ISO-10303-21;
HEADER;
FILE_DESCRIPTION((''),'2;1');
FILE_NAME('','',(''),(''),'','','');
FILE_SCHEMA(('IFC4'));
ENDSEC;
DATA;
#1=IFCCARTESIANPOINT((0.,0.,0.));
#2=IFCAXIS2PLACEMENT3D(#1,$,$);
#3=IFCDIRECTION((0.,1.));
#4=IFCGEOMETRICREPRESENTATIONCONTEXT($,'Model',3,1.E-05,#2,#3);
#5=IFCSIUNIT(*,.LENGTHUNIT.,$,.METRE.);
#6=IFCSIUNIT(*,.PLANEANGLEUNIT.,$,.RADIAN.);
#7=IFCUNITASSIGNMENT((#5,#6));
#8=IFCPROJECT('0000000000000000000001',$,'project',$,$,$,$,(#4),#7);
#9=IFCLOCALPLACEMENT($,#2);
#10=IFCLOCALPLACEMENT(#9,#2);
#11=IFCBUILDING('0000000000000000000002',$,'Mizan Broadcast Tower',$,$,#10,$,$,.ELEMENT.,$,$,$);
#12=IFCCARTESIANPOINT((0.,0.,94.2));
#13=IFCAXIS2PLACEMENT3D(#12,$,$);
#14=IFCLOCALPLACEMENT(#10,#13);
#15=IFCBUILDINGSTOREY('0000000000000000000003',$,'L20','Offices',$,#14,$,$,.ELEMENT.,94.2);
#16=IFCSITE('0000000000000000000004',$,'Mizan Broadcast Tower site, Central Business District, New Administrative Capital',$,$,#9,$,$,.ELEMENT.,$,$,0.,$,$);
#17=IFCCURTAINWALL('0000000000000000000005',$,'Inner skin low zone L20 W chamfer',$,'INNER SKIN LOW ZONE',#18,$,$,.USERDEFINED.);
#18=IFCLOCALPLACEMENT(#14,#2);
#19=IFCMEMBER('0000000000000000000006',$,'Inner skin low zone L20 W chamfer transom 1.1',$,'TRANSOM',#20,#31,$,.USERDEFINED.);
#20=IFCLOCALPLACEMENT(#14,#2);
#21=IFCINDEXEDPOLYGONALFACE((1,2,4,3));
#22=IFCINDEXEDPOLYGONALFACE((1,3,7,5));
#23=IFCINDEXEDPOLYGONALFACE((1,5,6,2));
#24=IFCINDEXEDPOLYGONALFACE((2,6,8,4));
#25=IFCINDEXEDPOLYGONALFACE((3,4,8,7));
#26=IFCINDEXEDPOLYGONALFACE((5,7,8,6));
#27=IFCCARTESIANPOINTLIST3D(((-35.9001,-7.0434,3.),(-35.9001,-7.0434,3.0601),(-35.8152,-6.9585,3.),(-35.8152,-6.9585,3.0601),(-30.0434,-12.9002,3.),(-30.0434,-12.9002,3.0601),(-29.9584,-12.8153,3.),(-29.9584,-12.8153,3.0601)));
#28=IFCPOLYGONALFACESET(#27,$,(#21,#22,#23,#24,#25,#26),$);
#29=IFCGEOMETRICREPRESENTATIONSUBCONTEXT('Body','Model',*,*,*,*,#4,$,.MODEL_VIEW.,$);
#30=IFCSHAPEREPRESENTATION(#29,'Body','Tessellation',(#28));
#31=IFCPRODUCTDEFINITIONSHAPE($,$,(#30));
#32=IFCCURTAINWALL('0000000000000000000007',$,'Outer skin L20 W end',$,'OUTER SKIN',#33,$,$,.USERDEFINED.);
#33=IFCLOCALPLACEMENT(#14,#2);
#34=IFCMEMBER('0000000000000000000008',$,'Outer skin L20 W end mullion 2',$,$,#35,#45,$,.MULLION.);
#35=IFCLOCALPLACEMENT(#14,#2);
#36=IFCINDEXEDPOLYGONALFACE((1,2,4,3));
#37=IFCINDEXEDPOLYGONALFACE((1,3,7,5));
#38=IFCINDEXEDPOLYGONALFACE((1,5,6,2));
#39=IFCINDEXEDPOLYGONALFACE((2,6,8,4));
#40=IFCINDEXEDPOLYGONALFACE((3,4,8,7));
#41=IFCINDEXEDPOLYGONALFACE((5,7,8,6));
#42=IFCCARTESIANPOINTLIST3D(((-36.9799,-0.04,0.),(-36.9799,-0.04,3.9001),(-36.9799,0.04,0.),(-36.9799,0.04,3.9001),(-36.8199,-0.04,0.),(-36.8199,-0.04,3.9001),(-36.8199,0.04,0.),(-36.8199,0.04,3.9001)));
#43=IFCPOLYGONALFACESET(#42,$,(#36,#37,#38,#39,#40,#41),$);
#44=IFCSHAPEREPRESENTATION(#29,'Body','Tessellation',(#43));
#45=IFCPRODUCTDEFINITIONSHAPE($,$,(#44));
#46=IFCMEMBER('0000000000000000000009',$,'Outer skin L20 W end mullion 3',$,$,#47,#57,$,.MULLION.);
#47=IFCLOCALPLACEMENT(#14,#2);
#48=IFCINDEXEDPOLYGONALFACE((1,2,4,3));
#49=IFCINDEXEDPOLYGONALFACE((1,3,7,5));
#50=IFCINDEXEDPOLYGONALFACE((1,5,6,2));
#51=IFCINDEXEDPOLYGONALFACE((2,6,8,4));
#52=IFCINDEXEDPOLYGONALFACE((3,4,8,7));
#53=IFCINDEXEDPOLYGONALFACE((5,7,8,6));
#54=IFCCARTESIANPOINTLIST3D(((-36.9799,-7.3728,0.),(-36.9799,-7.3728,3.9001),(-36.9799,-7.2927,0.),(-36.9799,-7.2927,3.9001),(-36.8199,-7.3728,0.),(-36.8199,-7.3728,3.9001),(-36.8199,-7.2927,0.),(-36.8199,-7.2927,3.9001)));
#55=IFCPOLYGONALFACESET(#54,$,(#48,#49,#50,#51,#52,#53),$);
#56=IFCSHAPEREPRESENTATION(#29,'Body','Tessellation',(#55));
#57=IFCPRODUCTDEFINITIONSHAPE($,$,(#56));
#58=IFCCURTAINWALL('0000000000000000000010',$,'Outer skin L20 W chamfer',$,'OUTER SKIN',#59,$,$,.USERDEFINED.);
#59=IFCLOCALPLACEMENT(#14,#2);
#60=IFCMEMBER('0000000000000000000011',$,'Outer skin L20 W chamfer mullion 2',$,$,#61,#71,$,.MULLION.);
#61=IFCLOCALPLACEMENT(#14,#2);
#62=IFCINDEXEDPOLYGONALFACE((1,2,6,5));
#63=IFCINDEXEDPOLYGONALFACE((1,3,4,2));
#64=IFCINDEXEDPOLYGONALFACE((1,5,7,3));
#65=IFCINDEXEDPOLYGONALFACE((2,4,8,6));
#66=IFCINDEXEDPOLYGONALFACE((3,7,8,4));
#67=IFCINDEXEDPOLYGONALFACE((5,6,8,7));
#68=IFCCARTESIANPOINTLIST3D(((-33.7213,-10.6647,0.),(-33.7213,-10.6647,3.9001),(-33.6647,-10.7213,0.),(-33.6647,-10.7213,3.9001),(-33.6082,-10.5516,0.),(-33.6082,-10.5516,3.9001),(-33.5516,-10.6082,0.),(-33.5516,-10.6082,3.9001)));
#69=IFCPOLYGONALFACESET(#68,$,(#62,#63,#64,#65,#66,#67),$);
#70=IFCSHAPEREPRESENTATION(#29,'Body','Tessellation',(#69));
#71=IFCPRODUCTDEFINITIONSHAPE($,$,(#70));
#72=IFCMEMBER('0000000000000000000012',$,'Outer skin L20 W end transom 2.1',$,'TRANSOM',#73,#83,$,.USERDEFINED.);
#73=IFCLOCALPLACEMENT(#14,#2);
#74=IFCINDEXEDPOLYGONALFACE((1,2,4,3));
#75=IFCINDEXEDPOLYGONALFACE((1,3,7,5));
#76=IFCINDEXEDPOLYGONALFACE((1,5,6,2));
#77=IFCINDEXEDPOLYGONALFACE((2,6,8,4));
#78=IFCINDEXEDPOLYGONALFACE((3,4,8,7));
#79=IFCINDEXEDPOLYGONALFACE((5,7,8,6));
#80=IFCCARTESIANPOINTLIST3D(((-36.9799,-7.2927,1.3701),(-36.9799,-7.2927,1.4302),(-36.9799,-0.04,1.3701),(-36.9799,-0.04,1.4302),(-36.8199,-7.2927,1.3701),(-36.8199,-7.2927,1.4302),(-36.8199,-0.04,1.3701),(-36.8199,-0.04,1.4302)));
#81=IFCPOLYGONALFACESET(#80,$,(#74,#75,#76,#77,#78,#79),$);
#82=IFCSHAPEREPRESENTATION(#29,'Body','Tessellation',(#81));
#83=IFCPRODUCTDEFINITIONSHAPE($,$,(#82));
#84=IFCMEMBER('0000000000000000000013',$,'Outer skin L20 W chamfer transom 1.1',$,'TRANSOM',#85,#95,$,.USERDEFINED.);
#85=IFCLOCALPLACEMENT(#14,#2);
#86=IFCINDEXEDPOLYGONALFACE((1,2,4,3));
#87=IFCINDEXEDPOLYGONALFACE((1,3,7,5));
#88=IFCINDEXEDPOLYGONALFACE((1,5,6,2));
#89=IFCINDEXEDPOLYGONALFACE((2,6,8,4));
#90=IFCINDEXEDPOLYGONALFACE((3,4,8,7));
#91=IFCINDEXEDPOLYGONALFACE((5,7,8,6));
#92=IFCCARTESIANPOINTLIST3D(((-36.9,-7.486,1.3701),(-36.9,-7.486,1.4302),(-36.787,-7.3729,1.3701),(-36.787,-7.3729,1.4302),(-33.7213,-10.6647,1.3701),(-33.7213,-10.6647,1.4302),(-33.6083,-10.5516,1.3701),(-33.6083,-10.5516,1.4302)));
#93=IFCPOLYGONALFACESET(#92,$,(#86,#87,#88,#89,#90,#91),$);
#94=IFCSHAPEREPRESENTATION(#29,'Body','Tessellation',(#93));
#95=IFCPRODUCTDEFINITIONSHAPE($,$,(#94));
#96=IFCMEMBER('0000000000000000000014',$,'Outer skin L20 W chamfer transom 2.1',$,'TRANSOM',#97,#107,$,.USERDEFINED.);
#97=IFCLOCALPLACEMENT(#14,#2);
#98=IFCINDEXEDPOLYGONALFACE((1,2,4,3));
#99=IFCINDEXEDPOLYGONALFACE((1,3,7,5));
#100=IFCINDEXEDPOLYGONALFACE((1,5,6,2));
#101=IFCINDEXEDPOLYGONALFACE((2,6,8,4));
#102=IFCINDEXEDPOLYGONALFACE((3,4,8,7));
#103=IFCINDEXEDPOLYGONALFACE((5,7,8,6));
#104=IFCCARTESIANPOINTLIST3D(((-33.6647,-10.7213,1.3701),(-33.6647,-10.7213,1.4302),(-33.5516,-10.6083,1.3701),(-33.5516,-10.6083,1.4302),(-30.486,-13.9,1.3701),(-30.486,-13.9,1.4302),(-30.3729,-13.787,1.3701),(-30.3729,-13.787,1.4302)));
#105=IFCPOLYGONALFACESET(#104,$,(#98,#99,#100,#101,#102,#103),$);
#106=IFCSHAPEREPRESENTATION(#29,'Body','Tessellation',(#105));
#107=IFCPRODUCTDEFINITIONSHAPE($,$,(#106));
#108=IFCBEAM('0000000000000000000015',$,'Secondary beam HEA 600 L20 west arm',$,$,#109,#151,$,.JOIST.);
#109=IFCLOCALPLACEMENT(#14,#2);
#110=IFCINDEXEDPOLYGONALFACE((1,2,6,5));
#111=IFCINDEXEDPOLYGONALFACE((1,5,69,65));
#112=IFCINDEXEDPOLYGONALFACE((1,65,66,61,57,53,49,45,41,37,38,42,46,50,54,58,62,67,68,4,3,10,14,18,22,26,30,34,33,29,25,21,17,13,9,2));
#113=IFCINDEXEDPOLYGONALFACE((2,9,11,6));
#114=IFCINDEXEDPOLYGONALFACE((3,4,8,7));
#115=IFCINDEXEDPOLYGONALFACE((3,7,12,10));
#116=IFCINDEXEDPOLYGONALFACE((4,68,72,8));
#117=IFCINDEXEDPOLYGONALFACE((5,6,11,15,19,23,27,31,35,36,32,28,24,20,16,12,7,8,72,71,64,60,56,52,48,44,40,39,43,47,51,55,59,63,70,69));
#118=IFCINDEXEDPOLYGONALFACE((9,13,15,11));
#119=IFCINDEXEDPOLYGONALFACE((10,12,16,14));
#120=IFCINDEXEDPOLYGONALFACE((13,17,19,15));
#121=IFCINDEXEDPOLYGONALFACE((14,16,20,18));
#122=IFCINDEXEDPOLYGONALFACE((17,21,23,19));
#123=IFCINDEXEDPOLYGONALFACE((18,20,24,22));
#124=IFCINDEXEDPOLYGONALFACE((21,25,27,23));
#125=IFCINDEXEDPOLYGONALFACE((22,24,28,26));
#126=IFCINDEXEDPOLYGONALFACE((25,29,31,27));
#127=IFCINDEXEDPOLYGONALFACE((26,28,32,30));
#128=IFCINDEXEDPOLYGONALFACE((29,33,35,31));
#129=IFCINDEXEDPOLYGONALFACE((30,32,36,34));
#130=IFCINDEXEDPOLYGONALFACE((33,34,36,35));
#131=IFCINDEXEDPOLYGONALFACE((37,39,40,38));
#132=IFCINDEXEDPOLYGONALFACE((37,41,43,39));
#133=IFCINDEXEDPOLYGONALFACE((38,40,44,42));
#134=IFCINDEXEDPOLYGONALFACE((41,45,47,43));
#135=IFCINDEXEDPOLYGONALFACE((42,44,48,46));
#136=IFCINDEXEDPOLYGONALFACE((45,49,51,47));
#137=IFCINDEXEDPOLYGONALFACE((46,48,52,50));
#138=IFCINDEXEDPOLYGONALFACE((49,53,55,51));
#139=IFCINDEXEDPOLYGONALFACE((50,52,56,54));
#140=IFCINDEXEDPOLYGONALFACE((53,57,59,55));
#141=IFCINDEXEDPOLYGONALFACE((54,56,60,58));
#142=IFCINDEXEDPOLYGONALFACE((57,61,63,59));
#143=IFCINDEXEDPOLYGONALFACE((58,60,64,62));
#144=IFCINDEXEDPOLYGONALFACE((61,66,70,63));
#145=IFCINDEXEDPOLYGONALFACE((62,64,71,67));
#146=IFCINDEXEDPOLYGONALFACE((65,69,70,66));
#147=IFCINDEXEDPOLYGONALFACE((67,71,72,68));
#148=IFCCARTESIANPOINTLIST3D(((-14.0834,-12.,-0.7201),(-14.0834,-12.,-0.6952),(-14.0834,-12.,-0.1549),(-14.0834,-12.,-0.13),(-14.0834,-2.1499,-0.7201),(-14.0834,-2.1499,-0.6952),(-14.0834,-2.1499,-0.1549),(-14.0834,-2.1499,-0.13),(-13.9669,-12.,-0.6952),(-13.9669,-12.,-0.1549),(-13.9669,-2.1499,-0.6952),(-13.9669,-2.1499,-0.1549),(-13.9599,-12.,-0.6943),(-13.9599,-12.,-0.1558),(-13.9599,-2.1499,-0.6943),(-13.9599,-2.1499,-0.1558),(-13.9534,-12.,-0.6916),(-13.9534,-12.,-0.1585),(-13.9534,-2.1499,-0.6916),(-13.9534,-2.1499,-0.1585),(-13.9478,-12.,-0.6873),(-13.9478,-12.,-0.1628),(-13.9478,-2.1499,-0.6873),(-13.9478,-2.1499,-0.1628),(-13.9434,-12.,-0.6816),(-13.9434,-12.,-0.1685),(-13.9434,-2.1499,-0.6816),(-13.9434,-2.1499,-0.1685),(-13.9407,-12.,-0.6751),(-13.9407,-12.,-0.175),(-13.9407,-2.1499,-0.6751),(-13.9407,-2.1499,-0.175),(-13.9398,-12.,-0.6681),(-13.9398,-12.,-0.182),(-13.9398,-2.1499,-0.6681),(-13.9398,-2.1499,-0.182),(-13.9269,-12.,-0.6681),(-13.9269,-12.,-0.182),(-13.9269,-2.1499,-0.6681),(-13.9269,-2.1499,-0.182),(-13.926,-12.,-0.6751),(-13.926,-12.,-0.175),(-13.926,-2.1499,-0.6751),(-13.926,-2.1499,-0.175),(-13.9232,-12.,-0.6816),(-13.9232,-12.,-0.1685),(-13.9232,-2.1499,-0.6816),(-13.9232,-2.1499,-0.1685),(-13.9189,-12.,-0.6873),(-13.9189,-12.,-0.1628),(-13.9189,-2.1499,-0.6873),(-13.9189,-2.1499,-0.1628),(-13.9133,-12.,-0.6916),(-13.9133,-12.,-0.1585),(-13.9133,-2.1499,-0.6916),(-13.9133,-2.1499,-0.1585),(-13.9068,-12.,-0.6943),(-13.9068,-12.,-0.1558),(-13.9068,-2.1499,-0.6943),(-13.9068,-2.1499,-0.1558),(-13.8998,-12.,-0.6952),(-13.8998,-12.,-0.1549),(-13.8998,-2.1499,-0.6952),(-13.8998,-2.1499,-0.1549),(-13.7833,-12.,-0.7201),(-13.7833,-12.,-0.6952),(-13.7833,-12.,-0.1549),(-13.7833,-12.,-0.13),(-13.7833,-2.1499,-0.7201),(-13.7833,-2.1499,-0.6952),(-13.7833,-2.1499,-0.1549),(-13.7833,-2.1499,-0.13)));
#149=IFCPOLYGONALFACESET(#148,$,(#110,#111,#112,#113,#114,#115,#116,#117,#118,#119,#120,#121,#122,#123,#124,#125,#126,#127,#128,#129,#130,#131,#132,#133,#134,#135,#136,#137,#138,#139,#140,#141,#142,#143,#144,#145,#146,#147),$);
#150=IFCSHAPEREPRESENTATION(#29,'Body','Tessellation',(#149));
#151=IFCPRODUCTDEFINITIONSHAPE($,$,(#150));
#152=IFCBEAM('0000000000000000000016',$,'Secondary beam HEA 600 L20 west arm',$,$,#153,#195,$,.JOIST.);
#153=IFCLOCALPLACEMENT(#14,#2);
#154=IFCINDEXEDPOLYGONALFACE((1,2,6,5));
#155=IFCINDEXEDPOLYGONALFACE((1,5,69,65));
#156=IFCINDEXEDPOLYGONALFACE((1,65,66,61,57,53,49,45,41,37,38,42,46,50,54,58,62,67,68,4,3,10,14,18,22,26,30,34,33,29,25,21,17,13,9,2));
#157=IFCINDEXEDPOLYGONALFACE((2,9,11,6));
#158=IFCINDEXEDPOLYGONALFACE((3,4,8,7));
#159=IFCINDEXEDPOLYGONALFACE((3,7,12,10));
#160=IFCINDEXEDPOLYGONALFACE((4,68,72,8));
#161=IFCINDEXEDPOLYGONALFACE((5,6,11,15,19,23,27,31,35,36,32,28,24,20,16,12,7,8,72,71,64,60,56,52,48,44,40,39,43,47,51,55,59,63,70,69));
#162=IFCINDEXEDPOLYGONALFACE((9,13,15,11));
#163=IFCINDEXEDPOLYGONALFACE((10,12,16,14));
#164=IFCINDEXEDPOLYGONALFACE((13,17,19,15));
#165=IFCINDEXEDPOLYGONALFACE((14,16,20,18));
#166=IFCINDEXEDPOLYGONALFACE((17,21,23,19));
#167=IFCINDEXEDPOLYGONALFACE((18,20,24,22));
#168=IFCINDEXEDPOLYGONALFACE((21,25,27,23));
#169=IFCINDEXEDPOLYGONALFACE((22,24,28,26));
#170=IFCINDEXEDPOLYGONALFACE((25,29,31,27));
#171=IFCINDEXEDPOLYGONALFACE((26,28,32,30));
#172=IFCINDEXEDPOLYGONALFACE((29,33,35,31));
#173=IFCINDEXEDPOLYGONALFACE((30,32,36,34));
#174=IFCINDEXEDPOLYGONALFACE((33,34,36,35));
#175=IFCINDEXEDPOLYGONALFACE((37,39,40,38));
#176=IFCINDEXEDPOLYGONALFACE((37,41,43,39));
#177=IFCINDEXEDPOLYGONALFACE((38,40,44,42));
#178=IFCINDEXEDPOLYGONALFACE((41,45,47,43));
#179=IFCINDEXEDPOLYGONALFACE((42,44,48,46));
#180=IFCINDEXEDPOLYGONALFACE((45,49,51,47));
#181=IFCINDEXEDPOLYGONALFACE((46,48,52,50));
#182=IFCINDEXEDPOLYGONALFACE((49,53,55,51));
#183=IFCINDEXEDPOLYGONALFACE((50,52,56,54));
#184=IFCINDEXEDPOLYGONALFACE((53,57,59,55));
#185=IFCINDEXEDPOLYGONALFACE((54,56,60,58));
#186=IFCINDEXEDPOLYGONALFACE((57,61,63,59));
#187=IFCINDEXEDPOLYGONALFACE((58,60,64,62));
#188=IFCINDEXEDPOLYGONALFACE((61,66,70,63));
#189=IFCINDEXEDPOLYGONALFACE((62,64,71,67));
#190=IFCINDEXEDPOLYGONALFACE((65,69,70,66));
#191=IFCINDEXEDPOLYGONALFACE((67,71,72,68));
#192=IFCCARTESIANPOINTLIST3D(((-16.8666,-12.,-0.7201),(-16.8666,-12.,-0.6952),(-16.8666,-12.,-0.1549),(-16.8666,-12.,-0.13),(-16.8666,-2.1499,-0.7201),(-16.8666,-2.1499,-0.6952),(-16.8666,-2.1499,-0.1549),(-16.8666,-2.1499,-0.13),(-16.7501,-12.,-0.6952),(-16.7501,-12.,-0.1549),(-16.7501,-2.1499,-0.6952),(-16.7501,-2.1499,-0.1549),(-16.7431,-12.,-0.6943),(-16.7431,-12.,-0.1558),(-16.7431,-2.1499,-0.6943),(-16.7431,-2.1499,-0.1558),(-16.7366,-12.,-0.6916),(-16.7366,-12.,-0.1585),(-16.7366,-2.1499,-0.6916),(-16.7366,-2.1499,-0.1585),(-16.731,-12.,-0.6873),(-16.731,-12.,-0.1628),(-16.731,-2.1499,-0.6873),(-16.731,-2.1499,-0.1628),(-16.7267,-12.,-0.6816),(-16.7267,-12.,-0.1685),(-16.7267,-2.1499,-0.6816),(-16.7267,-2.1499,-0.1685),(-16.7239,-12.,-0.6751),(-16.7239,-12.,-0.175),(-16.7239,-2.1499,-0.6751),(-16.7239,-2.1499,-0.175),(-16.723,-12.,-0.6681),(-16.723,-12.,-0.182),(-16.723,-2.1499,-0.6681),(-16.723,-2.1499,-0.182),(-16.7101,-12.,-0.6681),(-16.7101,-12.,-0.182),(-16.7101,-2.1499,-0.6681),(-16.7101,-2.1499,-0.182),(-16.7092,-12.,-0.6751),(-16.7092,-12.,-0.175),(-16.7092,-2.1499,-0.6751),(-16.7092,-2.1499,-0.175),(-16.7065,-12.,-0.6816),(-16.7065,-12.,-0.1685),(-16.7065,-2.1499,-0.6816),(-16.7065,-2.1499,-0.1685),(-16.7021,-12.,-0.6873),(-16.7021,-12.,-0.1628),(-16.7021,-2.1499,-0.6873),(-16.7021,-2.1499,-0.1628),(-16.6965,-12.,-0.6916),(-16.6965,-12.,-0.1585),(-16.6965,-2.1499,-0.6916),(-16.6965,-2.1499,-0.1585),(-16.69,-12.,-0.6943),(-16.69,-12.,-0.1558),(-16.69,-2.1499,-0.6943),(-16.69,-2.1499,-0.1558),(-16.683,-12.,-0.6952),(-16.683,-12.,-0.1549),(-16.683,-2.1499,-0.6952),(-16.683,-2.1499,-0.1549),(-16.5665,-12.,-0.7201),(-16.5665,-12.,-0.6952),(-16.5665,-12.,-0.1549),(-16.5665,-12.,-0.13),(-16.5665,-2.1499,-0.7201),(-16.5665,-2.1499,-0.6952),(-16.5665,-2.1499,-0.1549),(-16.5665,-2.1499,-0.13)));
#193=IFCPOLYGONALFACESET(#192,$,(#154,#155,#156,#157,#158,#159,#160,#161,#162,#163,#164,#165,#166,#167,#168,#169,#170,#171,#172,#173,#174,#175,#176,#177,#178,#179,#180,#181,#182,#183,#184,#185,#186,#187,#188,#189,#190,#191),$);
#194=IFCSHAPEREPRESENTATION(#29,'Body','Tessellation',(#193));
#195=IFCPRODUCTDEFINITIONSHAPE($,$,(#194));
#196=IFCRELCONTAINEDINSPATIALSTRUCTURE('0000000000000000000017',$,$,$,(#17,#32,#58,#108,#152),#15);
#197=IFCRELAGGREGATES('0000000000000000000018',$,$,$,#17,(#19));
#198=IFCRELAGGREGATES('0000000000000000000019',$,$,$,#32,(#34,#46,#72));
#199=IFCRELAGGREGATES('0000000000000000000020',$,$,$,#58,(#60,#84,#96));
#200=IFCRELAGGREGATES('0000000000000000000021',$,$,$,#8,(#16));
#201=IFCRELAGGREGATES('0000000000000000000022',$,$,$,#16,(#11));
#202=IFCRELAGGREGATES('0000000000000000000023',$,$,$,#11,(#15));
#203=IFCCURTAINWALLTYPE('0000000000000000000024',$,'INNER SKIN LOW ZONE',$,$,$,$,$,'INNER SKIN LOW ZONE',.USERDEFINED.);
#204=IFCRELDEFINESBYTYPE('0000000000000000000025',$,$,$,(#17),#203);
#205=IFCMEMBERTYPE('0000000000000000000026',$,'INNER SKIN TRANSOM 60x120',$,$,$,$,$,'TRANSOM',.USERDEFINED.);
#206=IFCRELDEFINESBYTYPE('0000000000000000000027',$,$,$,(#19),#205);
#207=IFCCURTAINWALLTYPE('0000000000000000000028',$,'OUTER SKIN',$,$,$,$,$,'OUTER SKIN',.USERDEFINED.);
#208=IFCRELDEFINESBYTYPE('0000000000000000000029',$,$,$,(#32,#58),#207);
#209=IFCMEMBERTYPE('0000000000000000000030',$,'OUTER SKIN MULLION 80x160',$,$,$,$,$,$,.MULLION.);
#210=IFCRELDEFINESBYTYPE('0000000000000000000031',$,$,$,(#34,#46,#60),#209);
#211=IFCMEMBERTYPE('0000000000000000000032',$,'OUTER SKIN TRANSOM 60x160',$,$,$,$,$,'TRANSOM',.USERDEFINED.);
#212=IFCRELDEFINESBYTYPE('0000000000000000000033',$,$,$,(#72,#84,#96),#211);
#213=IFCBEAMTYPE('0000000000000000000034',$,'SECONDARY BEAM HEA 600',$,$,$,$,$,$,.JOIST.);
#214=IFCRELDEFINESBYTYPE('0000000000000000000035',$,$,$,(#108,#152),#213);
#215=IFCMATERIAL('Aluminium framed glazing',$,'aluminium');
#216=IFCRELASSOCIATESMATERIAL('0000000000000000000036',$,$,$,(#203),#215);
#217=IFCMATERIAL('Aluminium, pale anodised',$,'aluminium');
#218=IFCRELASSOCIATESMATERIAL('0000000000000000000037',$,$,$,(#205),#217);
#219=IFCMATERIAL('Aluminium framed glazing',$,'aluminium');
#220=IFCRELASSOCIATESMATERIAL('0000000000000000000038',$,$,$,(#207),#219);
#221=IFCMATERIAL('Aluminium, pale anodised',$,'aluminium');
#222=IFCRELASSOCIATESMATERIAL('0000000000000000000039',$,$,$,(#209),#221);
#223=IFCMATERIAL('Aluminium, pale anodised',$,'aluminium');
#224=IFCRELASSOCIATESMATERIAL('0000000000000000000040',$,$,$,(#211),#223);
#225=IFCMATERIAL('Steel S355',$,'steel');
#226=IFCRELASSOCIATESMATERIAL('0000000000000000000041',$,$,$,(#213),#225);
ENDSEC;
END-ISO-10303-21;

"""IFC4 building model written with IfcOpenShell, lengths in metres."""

from ifc_helpers import new_model, si_unit, direction, frame, origin, origin_2d, place, context, subcontext, project, spatial, rectangle, i_section, extrude, material, material_profile, profile_set, type_object, element, aggregate, save


model = new_model("IFC4")

# Units and contexts
model_context = context("Model", 3, precision=1e-05, world=origin(), true_north=direction((0.0, 1.0)))
body_context = subcontext(model_context, "Body", "Model", "MODEL_VIEW")
ifc_project = project(units=[si_unit("LENGTHUNIT", "METRE"), si_unit("PLANEANGLEUNIT", "RADIAN")], contexts=[model_context])

# Site, building, storey
site_placement = place(None, origin())
site = spatial("IfcSite", under=ifc_project, at=site_placement, Name="Mizan Broadcast Tower site, Central Business District, New Administrative Capital", CompositionType="ELEMENT", RefElevation=0.0)
building_placement = place(site_placement, origin())
building = spatial("IfcBuilding", under=site, at=building_placement, Name="Mizan Broadcast Tower", CompositionType="ELEMENT")
storey_placement = place(building_placement, frame((0.0, 0.0, 94.2)))
storey = spatial("IfcBuildingStorey", under=building, at=storey_placement, Name="L20", Description="Offices", CompositionType="ELEMENT", Elevation=94.2)

# Shared definitions
ifc_material_1 = material(Name="Aluminium framed glazing", Category="aluminium")
curtain_wall_type_1 = type_object("IfcCurtainWallType", Name="INNER SKIN LOW ZONE", ElementType="INNER SKIN LOW ZONE", PredefinedType="USERDEFINED", material=ifc_material_1)
ifc_material_2 = material(Name="Aluminium, pale anodised", Category="aluminium")
ifc_material_profile_1 = material_profile(ifc_material_2, rectangle(XDim=0.1201, YDim=0.0601, at=origin_2d()), Name="TRANSOM 120x60")
ifc_profile_set_1 = profile_set([ifc_material_profile_1], Name="Aluminium, pale anodised")
member_type_1 = type_object("IfcMemberType", Name="INNER SKIN TRANSOM 60x120", ElementType="TRANSOM", PredefinedType="USERDEFINED", material=ifc_profile_set_1)

# Curtain wall, member
curtain_wall_1_placement = place(storey_placement, origin())
curtain_wall_1 = element("IfcCurtainWall", 1, at=curtain_wall_1_placement, inside=storey, type_object=curtain_wall_type_1, Name="Inner skin low zone L20 W chamfer", ObjectType="INNER SKIN LOW ZONE", PredefinedType="USERDEFINED")
member_1_placement = place(storey_placement, frame((-35.8577, -7.001, 3.03), z_axis=(0.707107, -0.707107, 0.0), x_axis=(0.707107, 0.707107, 0.0)))
member_1 = element("IfcMember", 2, at=member_1_placement, type_object=member_type_1, Name="Inner skin low zone L20 W chamfer transom 1.1", ObjectType="TRANSOM", PredefinedType="USERDEFINED", context=body_context, shape_type="SweptSolid", body=[
    extrude(rectangle(XDim=0.1201, YDim=0.0601, at=origin_2d()), origin(), (0.0, 0.0, 1.0), 8.2827),
])

# Curtain wall, members
ifc_material_3 = material(Name="Aluminium framed glazing", Category="aluminium")
curtain_wall_type_2 = type_object("IfcCurtainWallType", Name="OUTER SKIN", ElementType="OUTER SKIN", PredefinedType="USERDEFINED", material=ifc_material_3)
curtain_wall_2_placement = place(storey_placement, origin())
curtain_wall_2 = element("IfcCurtainWall", 3, at=curtain_wall_2_placement, inside=storey, type_object=curtain_wall_type_2, Name="Outer skin L20 W end", ObjectType="OUTER SKIN", PredefinedType="USERDEFINED")
ifc_material_4 = material(Name="Aluminium, pale anodised", Category="aluminium")
ifc_material_profile_2 = material_profile(ifc_material_4, rectangle(XDim=0.1599, YDim=0.0801, at=origin_2d()), Name="MULLION 160x80")
ifc_profile_set_2 = profile_set([ifc_material_profile_2], Name="Aluminium, pale anodised")
member_type_2 = type_object("IfcMemberType", Name="OUTER SKIN MULLION 80x160", PredefinedType="MULLION", material=ifc_profile_set_2)
member_2_placement = place(storey_placement, frame((-36.8999, 0.0, 0.0), z_axis=(0.0, 0.0, 1.0), x_axis=(1.0, 0.0, 0.0)))
member_2 = element("IfcMember", 4, at=member_2_placement, type_object=member_type_2, Name="Outer skin L20 W end mullion 2", PredefinedType="MULLION", context=body_context, shape_type="SweptSolid", body=[
    extrude(rectangle(XDim=0.1599, YDim=0.0801, at=origin_2d()), origin(), (0.0, 0.0, 1.0), 3.9001),
])
member_3_placement = place(storey_placement, frame((-36.8999, -7.3328, 0.0), z_axis=(0.0, 0.0, 1.0), x_axis=(1.0, 0.0, 0.0)))
member_3 = element("IfcMember", 5, at=member_3_placement, type_object=member_type_2, Name="Outer skin L20 W end mullion 3", PredefinedType="MULLION", context=body_context, shape_type="SweptSolid", body=[
    extrude(rectangle(XDim=0.1599, YDim=0.0801, at=origin_2d()), origin(), (0.0, 0.0, 1.0), 3.9001),
])

# Curtain wall, member
curtain_wall_3_placement = place(storey_placement, origin())
curtain_wall_3 = element("IfcCurtainWall", 6, at=curtain_wall_3_placement, inside=storey, type_object=curtain_wall_type_2, Name="Outer skin L20 W chamfer", ObjectType="OUTER SKIN", PredefinedType="USERDEFINED")
member_4_placement = place(storey_placement, frame((-33.6365, -10.6365, 0.0), z_axis=(0.0, 0.0, 1.0), x_axis=(0.707107, 0.707107, 0.0)))
member_4 = element("IfcMember", 7, at=member_4_placement, type_object=member_type_2, Name="Outer skin L20 W chamfer mullion 2", PredefinedType="MULLION", context=body_context, shape_type="SweptSolid", body=[
    extrude(rectangle(XDim=0.1599, YDim=0.0801, at=origin_2d()), origin(), (0.0, 0.0, 1.0), 3.9001),
])

# Members
ifc_material_5 = material(Name="Aluminium, pale anodised", Category="aluminium")
ifc_material_profile_3 = material_profile(ifc_material_5, rectangle(XDim=0.1599, YDim=0.0601, at=origin_2d()), Name="TRANSOM 160x60")
ifc_profile_set_3 = profile_set([ifc_material_profile_3], Name="Aluminium, pale anodised")
member_type_3 = type_object("IfcMemberType", Name="OUTER SKIN TRANSOM 60x160", ElementType="TRANSOM", PredefinedType="USERDEFINED", material=ifc_profile_set_3)
member_5_placement = place(storey_placement, frame((-36.8999, -0.04, 1.4001), z_axis=(0.0, -1.0, 0.0), x_axis=(1.0, 0.0, 0.0)))
member_5 = element("IfcMember", 8, at=member_5_placement, type_object=member_type_3, Name="Outer skin L20 W end transom 2.1", ObjectType="TRANSOM", PredefinedType="USERDEFINED", context=body_context, shape_type="SweptSolid", body=[
    extrude(rectangle(XDim=0.1599, YDim=0.0601, at=origin_2d()), origin(), (0.0, 0.0, 1.0), 7.2527),
])
member_6_placement = place(storey_placement, frame((-36.8435, -7.4294, 1.4001), z_axis=(0.707107, -0.707107, 0.0), x_axis=(0.707107, 0.707107, 0.0)))
member_6 = element("IfcMember", 9, at=member_6_placement, type_object=member_type_3, Name="Outer skin L20 W chamfer transom 1.1", ObjectType="TRANSOM", PredefinedType="USERDEFINED", context=body_context, shape_type="SweptSolid", body=[
    extrude(rectangle(XDim=0.1599, YDim=0.0601, at=origin_2d()), origin(), (0.0, 0.0, 1.0), 4.4954),
])
member_7_placement = place(storey_placement, frame((-33.6082, -10.6648, 1.4001), z_axis=(0.707107, -0.707107, 0.0), x_axis=(0.707107, 0.707107, 0.0)))
member_7 = element("IfcMember", 10, at=member_7_placement, type_object=member_type_3, Name="Outer skin L20 W chamfer transom 2.1", ObjectType="TRANSOM", PredefinedType="USERDEFINED", context=body_context, shape_type="SweptSolid", body=[
    extrude(rectangle(XDim=0.1599, YDim=0.0601, at=origin_2d()), origin(), (0.0, 0.0, 1.0), 4.4954),
])

# Beams
ifc_material_6 = material(Name="Steel S355", Category="steel")
ifc_material_profile_4 = material_profile(ifc_material_6, i_section(OverallWidth=0.3, OverallDepth=0.5901, WebThickness=0.0129, FlangeThickness=0.0249, FilletRadius=0.0271, at=origin_2d()), Name="HEA 600")
ifc_profile_set_4 = profile_set([ifc_material_profile_4], Name="Steel S355")
beam_type_1 = type_object("IfcBeamType", Name="SECONDARY BEAM HEA 600", PredefinedType="JOIST", material=ifc_profile_set_4)
for number, where, z_axis, x_axis, name in (
    (11, (-13.9333, -12.0, -0.425), (0.0, 1.0, 0.0), (-1.0, 0.0, 0.0), "Secondary beam HEA 600 L20 west arm"),
    (12, (-16.7166, -12.0, -0.425), (0.0, 1.0, 0.0), (-1.0, 0.0, 0.0), "Secondary beam HEA 600 L20 west arm"),
):
    element("IfcBeam", number, at=place(storey_placement, frame(where, z_axis=z_axis, x_axis=x_axis)), inside=storey, type_object=beam_type_1, Name=name, PredefinedType="JOIST", context=body_context, shape_type="SweptSolid", body=[
        extrude(i_section(OverallWidth=0.3, OverallDepth=0.5901, WebThickness=0.0129, FlangeThickness=0.0249, FilletRadius=0.0271, at=origin_2d()), origin(), (0.0, 0.0, 1.0), 9.8501),
    ])

aggregate(curtain_wall_1, [member_1])
aggregate(curtain_wall_2, [member_2, member_3, member_5])
aggregate(curtain_wall_3, [member_4, member_6, member_7])

save(model, "model.ifc")
